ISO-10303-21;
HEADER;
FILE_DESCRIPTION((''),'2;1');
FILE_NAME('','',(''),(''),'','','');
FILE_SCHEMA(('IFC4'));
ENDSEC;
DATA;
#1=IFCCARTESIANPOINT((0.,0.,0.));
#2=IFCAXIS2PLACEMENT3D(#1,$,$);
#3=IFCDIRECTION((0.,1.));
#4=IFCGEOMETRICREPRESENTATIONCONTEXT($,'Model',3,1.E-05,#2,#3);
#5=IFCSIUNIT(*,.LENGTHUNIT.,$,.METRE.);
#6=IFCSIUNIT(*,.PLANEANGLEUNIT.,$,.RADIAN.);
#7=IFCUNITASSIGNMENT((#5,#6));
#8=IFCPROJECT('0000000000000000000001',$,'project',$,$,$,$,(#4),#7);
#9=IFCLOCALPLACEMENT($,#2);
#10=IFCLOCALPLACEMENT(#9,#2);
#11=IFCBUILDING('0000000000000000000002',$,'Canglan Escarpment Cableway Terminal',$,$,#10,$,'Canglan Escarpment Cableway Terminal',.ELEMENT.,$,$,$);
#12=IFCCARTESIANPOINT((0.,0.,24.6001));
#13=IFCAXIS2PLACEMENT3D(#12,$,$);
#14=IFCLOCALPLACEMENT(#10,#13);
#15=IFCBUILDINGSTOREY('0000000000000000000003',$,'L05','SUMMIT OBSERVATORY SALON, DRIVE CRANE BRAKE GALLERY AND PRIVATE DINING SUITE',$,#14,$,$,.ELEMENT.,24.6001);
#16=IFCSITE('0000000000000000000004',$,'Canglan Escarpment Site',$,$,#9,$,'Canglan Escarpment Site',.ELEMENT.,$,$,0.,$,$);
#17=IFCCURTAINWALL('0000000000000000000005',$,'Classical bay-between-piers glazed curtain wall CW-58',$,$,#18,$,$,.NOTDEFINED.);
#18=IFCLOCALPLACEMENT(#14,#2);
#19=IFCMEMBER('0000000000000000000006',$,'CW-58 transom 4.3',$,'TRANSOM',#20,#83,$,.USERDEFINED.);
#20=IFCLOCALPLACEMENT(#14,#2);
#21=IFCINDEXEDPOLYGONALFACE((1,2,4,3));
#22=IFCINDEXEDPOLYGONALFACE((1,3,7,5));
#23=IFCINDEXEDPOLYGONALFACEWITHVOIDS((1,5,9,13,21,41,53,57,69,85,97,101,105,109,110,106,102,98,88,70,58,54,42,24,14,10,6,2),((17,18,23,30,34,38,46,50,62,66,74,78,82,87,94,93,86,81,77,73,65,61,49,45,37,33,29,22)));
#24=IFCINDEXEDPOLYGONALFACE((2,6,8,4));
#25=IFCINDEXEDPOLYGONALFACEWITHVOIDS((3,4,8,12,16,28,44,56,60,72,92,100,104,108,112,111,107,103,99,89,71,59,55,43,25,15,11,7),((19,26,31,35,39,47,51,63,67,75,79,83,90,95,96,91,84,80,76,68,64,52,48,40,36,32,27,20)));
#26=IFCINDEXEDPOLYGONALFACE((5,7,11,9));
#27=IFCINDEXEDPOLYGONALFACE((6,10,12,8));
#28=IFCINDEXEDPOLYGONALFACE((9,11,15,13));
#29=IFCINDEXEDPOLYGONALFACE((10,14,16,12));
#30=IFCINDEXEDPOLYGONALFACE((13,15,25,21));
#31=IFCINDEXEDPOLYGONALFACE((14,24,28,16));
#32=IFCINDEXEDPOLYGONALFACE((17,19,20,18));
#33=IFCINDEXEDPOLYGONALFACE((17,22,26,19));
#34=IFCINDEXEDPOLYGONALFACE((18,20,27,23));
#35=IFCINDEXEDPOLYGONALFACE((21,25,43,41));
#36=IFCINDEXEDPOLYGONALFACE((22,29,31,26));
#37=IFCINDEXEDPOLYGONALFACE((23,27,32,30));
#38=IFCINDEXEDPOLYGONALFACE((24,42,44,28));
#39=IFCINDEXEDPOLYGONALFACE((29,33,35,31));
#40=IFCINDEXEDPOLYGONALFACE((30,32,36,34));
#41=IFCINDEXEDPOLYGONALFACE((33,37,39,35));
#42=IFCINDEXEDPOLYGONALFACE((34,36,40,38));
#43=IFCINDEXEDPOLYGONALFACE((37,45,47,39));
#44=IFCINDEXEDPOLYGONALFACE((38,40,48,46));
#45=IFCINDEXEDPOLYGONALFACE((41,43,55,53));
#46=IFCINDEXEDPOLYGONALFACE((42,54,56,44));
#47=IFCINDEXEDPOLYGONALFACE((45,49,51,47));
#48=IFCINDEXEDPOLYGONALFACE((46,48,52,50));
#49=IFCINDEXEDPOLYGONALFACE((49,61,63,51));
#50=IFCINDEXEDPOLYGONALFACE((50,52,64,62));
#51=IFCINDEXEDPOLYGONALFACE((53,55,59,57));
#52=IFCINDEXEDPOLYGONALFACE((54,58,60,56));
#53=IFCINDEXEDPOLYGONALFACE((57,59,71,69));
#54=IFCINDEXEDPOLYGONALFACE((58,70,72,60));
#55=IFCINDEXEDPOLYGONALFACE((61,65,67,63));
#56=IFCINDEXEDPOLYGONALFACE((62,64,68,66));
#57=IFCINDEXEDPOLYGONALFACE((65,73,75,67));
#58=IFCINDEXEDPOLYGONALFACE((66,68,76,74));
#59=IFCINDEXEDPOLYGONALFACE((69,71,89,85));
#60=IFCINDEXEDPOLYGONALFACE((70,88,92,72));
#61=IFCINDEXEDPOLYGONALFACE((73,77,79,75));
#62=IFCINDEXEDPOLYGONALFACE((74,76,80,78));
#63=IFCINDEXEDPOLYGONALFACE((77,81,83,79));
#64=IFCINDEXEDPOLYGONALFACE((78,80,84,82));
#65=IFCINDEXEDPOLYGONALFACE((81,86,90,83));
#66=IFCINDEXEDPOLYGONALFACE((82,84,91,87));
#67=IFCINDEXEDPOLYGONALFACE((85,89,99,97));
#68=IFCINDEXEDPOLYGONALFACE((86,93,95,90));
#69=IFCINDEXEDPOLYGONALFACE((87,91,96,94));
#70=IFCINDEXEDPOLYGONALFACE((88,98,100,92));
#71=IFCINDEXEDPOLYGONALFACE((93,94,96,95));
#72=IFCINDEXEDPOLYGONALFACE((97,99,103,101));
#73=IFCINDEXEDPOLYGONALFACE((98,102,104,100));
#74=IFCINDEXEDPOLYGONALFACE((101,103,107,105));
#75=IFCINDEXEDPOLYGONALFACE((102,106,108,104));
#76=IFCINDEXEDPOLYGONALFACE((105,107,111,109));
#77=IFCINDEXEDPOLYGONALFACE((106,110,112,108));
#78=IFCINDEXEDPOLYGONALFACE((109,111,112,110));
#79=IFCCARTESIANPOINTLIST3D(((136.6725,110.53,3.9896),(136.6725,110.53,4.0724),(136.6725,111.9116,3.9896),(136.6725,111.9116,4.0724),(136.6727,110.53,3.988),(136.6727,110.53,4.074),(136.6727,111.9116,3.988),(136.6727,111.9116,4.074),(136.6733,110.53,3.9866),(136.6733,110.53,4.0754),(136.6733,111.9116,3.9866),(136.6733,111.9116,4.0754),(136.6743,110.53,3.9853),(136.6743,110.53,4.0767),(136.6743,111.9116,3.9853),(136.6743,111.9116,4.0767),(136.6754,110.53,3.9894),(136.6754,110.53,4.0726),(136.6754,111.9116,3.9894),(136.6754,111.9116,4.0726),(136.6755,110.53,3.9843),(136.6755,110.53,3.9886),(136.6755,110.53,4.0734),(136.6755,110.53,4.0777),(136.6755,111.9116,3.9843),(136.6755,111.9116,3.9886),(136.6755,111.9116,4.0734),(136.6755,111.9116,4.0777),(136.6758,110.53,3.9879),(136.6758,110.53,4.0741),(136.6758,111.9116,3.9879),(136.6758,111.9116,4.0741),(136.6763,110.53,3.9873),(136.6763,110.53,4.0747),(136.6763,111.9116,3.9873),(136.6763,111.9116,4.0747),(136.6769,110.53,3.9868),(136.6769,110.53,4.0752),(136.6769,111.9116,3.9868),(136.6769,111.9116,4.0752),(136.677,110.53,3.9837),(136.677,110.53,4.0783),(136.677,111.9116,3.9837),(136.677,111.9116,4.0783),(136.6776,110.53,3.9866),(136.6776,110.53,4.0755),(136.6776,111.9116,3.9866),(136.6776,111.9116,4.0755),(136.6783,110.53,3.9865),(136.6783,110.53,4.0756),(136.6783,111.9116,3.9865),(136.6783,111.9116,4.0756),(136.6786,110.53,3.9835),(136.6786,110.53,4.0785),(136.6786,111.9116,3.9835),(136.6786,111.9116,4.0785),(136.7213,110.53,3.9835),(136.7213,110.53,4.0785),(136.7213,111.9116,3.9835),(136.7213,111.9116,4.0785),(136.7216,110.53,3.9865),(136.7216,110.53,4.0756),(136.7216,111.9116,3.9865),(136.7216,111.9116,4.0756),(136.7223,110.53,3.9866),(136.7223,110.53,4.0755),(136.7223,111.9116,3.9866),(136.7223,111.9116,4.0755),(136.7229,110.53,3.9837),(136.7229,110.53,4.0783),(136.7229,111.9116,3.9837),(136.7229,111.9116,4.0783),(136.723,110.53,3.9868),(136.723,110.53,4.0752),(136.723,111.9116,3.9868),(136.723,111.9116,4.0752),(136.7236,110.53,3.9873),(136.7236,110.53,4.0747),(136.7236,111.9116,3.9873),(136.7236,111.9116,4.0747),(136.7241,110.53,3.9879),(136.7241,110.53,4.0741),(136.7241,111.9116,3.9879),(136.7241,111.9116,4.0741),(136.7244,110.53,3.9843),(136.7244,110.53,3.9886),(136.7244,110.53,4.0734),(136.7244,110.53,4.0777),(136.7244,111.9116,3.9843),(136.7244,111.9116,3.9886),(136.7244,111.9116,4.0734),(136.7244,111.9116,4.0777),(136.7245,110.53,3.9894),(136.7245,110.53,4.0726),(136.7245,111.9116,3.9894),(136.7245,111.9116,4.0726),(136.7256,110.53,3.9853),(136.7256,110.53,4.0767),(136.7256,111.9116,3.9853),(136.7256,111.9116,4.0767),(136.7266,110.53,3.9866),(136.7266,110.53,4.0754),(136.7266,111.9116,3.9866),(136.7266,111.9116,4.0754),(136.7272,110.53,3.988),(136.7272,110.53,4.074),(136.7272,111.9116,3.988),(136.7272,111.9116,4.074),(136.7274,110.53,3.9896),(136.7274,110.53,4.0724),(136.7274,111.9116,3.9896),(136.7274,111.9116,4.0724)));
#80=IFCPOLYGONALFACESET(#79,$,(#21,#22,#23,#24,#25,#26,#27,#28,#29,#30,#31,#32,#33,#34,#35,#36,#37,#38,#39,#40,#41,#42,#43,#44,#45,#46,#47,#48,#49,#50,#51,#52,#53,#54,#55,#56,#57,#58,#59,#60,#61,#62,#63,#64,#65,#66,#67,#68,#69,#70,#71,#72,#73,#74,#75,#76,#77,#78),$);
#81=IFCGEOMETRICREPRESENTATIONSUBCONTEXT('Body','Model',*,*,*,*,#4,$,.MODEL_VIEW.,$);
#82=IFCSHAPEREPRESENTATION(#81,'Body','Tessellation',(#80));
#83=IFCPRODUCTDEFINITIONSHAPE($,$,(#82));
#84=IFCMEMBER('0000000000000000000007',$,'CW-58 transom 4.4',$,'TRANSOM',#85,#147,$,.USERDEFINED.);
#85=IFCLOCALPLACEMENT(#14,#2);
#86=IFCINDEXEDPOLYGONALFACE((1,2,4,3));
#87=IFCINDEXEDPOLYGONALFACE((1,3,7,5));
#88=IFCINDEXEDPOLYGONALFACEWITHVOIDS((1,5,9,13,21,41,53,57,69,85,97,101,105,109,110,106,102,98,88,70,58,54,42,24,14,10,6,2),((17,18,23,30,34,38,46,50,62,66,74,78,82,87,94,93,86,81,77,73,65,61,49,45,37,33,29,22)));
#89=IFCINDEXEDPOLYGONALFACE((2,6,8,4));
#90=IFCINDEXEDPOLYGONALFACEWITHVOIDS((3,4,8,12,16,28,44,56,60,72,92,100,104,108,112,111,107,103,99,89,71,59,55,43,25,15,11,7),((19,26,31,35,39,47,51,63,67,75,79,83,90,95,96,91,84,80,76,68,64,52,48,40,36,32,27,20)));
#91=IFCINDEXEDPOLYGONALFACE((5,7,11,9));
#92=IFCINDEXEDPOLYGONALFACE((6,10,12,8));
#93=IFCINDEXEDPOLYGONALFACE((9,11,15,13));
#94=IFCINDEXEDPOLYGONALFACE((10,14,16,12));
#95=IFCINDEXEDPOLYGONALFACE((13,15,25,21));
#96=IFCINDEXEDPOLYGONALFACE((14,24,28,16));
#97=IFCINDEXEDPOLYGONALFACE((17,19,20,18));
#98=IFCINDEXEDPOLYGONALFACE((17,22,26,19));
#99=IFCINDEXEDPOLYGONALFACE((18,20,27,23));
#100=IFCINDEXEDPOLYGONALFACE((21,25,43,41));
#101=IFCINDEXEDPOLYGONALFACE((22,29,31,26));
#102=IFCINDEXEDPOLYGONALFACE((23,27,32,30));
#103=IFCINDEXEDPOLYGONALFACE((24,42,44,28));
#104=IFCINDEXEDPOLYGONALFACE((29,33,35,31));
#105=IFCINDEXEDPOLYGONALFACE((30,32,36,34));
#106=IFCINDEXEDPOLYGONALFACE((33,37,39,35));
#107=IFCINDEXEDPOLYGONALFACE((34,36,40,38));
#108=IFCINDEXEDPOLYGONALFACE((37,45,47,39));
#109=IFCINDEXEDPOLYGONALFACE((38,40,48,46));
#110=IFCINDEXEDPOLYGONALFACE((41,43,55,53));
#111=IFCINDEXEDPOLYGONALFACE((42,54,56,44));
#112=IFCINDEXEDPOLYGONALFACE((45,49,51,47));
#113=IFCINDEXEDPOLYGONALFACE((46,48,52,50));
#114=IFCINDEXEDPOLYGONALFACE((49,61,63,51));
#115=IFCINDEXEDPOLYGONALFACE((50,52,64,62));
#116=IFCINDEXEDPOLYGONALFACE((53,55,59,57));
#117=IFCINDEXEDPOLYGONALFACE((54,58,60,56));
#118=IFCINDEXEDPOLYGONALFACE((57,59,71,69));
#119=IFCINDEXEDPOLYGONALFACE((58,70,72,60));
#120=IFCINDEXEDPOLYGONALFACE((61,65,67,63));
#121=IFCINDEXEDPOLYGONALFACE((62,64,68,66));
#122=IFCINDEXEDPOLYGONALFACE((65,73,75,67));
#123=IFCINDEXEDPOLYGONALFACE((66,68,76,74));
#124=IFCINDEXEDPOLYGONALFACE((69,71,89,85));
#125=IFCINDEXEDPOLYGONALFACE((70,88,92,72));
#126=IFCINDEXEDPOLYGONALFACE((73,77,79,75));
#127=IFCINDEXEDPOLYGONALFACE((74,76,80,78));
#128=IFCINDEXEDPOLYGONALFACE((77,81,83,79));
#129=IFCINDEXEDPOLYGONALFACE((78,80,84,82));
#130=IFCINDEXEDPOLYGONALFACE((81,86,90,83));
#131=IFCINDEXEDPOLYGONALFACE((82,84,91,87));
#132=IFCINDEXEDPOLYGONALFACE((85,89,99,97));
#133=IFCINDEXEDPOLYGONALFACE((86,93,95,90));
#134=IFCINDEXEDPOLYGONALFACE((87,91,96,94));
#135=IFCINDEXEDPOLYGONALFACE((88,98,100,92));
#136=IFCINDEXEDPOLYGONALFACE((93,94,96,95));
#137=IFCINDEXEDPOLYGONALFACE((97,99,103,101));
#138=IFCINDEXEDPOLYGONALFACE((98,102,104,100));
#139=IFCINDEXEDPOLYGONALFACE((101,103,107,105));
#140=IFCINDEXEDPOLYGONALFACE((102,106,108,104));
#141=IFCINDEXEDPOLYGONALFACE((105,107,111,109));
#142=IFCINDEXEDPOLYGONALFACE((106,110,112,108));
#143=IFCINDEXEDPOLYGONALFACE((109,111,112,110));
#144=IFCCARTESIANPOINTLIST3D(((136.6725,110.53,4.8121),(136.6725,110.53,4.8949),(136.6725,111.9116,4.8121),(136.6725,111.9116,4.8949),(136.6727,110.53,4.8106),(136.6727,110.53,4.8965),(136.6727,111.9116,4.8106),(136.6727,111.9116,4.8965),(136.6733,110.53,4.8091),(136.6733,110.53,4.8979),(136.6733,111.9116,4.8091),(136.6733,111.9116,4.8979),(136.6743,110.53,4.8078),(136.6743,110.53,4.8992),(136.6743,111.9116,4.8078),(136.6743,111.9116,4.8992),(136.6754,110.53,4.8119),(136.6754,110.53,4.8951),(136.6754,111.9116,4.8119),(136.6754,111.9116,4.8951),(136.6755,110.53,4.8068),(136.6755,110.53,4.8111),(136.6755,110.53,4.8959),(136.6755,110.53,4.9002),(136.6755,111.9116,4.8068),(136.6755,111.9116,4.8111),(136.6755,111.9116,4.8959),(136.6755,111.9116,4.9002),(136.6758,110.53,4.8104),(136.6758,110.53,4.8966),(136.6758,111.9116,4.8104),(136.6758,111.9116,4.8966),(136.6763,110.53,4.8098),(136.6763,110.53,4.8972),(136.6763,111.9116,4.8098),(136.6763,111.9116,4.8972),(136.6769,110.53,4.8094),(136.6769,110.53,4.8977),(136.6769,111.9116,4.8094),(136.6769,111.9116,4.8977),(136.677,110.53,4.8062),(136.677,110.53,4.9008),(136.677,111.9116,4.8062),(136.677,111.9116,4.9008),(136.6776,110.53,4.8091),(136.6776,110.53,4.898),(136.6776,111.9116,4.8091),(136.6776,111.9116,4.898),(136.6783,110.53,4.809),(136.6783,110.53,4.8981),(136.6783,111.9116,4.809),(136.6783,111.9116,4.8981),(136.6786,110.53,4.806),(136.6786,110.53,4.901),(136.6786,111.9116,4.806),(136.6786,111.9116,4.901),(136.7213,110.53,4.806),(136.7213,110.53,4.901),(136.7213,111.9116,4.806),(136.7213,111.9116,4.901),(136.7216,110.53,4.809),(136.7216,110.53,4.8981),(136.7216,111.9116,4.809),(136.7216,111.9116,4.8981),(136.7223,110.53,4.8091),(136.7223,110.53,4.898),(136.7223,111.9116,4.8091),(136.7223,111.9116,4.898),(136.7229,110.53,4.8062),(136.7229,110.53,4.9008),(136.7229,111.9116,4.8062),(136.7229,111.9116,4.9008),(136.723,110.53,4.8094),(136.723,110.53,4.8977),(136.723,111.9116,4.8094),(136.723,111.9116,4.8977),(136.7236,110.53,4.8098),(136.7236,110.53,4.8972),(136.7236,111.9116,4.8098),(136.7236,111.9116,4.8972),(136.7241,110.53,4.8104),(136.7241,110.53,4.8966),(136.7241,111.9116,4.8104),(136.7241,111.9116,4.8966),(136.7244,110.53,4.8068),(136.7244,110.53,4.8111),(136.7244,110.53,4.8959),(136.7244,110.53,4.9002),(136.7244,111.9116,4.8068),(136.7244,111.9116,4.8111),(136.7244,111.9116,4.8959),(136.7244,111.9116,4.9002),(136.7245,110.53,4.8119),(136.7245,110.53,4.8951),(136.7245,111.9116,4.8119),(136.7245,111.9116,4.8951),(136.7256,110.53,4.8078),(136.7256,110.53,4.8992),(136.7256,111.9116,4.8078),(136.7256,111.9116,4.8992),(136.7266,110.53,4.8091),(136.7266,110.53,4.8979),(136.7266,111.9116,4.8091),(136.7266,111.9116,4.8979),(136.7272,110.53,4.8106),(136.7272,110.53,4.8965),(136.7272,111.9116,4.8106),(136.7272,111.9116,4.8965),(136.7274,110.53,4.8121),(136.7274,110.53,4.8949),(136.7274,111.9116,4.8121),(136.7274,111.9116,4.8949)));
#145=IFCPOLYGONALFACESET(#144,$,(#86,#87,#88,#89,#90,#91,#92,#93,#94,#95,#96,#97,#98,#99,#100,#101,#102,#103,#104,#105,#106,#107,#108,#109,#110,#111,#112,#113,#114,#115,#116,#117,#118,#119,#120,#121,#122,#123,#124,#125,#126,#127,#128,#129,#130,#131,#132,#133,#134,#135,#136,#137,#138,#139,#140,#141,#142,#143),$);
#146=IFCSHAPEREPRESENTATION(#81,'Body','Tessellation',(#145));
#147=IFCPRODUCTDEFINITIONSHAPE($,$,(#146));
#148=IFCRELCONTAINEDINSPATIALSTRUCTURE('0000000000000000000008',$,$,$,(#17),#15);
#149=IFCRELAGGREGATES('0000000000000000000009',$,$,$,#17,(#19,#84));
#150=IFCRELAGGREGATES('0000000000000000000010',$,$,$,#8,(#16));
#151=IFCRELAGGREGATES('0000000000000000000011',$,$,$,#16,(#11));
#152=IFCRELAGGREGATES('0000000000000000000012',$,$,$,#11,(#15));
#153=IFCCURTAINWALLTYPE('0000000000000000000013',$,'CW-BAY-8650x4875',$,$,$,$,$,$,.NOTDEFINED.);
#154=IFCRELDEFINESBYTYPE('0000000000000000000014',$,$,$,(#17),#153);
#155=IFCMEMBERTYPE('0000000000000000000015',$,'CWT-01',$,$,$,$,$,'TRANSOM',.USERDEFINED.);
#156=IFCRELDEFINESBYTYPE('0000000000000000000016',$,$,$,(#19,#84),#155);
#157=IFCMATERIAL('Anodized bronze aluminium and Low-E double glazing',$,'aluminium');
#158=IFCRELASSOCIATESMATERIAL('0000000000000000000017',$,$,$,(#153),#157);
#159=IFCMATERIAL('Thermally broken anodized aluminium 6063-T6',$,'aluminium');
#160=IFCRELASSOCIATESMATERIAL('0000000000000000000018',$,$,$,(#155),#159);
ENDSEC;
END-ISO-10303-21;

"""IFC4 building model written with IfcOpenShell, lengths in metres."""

from ifc_helpers import new_model, si_unit, direction, frame, origin, origin_2d, place, context, subcontext, project, spatial, hollow_rectangle, extrude, material, material_profile, profile_set, type_object, element, aggregate, save


model = new_model("IFC4")

# Units and contexts
model_context = context("Model", 3, precision=1e-05, world=origin(), true_north=direction((0.0, 1.0)))
body_context = subcontext(model_context, "Body", "Model", "MODEL_VIEW")
ifc_project = project(units=[si_unit("LENGTHUNIT", "METRE"), si_unit("PLANEANGLEUNIT", "RADIAN")], contexts=[model_context])

# Site, building, storey
site_placement = place(None, origin())
site = spatial("IfcSite", under=ifc_project, at=site_placement, Name="Canglan Escarpment Site", LongName="Canglan Escarpment Site", CompositionType="ELEMENT", RefElevation=0.0)
building_placement = place(site_placement, origin())
building = spatial("IfcBuilding", under=site, at=building_placement, Name="Canglan Escarpment Cableway Terminal", LongName="Canglan Escarpment Cableway Terminal", CompositionType="ELEMENT")
storey_placement = place(building_placement, frame((0.0, 0.0, 24.6001)))
storey = spatial("IfcBuildingStorey", under=building, at=storey_placement, Name="L05", Description="SUMMIT OBSERVATORY SALON, DRIVE CRANE BRAKE GALLERY AND PRIVATE DINING SUITE", CompositionType="ELEMENT", Elevation=24.6001)

# Curtain wall, members
ifc_material_1 = material(Name="Anodized bronze aluminium and Low-E double glazing", Category="aluminium")
curtain_wall_type = type_object("IfcCurtainWallType", Name="CW-BAY-8650x4875", PredefinedType="NOTDEFINED", material=ifc_material_1)
curtain_wall_placement = place(storey_placement, origin())
curtain_wall = element("IfcCurtainWall", 1, at=curtain_wall_placement, inside=storey, type_object=curtain_wall_type, Name="Classical bay-between-piers glazed curtain wall CW-58", PredefinedType="NOTDEFINED")
ifc_material_2 = material(Name="Thermally broken anodized aluminium 6063-T6", Category="aluminium")
ifc_material_profile_1 = material_profile(ifc_material_2, hollow_rectangle(XDim=0.0549, YDim=0.095, WallThickness=0.0029, InnerFilletRadius=0.0029, OuterFilletRadius=0.0061, at=origin_2d()), Name="ALU-TRAN 55x95x3")
ifc_profile_set_1 = profile_set([ifc_material_profile_1], Name="Thermally broken anodized aluminium 6063-T6")
member_type_1 = type_object("IfcMemberType", Name="CWT-01", ElementType="TRANSOM", PredefinedType="USERDEFINED", material=ifc_profile_set_1)
member_1_placement = place(storey_placement, frame((136.7, 110.53, 4.031), z_axis=(0.0, 1.0, 0.0), x_axis=(-1.0, 0.0, 0.0)))
member_1 = element("IfcMember", 2, at=member_1_placement, type_object=member_type_1, Name="CW-58 transom 4.3", ObjectType="TRANSOM", PredefinedType="USERDEFINED", context=body_context, shape_type="SweptSolid", body=[
    extrude(hollow_rectangle(XDim=0.0549, YDim=0.095, WallThickness=0.0029, InnerFilletRadius=0.0029, OuterFilletRadius=0.0061, at=origin_2d()), origin(), (0.0, 0.0, 1.0), 1.3816),
])
member_2_placement = place(storey_placement, frame((136.7, 110.53, 4.8535), z_axis=(0.0, 1.0, 0.0), x_axis=(-1.0, 0.0, 0.0)))
member_2 = element("IfcMember", 3, at=member_2_placement, type_object=member_type_1, Name="CW-58 transom 4.4", ObjectType="TRANSOM", PredefinedType="USERDEFINED", context=body_context, shape_type="SweptSolid", body=[
    extrude(hollow_rectangle(XDim=0.0549, YDim=0.095, WallThickness=0.0029, InnerFilletRadius=0.0029, OuterFilletRadius=0.0061, at=origin_2d()), origin(), (0.0, 0.0, 1.0), 1.3816),
])

aggregate(curtain_wall, [member_1, member_2])

save(model, "model.ifc")
